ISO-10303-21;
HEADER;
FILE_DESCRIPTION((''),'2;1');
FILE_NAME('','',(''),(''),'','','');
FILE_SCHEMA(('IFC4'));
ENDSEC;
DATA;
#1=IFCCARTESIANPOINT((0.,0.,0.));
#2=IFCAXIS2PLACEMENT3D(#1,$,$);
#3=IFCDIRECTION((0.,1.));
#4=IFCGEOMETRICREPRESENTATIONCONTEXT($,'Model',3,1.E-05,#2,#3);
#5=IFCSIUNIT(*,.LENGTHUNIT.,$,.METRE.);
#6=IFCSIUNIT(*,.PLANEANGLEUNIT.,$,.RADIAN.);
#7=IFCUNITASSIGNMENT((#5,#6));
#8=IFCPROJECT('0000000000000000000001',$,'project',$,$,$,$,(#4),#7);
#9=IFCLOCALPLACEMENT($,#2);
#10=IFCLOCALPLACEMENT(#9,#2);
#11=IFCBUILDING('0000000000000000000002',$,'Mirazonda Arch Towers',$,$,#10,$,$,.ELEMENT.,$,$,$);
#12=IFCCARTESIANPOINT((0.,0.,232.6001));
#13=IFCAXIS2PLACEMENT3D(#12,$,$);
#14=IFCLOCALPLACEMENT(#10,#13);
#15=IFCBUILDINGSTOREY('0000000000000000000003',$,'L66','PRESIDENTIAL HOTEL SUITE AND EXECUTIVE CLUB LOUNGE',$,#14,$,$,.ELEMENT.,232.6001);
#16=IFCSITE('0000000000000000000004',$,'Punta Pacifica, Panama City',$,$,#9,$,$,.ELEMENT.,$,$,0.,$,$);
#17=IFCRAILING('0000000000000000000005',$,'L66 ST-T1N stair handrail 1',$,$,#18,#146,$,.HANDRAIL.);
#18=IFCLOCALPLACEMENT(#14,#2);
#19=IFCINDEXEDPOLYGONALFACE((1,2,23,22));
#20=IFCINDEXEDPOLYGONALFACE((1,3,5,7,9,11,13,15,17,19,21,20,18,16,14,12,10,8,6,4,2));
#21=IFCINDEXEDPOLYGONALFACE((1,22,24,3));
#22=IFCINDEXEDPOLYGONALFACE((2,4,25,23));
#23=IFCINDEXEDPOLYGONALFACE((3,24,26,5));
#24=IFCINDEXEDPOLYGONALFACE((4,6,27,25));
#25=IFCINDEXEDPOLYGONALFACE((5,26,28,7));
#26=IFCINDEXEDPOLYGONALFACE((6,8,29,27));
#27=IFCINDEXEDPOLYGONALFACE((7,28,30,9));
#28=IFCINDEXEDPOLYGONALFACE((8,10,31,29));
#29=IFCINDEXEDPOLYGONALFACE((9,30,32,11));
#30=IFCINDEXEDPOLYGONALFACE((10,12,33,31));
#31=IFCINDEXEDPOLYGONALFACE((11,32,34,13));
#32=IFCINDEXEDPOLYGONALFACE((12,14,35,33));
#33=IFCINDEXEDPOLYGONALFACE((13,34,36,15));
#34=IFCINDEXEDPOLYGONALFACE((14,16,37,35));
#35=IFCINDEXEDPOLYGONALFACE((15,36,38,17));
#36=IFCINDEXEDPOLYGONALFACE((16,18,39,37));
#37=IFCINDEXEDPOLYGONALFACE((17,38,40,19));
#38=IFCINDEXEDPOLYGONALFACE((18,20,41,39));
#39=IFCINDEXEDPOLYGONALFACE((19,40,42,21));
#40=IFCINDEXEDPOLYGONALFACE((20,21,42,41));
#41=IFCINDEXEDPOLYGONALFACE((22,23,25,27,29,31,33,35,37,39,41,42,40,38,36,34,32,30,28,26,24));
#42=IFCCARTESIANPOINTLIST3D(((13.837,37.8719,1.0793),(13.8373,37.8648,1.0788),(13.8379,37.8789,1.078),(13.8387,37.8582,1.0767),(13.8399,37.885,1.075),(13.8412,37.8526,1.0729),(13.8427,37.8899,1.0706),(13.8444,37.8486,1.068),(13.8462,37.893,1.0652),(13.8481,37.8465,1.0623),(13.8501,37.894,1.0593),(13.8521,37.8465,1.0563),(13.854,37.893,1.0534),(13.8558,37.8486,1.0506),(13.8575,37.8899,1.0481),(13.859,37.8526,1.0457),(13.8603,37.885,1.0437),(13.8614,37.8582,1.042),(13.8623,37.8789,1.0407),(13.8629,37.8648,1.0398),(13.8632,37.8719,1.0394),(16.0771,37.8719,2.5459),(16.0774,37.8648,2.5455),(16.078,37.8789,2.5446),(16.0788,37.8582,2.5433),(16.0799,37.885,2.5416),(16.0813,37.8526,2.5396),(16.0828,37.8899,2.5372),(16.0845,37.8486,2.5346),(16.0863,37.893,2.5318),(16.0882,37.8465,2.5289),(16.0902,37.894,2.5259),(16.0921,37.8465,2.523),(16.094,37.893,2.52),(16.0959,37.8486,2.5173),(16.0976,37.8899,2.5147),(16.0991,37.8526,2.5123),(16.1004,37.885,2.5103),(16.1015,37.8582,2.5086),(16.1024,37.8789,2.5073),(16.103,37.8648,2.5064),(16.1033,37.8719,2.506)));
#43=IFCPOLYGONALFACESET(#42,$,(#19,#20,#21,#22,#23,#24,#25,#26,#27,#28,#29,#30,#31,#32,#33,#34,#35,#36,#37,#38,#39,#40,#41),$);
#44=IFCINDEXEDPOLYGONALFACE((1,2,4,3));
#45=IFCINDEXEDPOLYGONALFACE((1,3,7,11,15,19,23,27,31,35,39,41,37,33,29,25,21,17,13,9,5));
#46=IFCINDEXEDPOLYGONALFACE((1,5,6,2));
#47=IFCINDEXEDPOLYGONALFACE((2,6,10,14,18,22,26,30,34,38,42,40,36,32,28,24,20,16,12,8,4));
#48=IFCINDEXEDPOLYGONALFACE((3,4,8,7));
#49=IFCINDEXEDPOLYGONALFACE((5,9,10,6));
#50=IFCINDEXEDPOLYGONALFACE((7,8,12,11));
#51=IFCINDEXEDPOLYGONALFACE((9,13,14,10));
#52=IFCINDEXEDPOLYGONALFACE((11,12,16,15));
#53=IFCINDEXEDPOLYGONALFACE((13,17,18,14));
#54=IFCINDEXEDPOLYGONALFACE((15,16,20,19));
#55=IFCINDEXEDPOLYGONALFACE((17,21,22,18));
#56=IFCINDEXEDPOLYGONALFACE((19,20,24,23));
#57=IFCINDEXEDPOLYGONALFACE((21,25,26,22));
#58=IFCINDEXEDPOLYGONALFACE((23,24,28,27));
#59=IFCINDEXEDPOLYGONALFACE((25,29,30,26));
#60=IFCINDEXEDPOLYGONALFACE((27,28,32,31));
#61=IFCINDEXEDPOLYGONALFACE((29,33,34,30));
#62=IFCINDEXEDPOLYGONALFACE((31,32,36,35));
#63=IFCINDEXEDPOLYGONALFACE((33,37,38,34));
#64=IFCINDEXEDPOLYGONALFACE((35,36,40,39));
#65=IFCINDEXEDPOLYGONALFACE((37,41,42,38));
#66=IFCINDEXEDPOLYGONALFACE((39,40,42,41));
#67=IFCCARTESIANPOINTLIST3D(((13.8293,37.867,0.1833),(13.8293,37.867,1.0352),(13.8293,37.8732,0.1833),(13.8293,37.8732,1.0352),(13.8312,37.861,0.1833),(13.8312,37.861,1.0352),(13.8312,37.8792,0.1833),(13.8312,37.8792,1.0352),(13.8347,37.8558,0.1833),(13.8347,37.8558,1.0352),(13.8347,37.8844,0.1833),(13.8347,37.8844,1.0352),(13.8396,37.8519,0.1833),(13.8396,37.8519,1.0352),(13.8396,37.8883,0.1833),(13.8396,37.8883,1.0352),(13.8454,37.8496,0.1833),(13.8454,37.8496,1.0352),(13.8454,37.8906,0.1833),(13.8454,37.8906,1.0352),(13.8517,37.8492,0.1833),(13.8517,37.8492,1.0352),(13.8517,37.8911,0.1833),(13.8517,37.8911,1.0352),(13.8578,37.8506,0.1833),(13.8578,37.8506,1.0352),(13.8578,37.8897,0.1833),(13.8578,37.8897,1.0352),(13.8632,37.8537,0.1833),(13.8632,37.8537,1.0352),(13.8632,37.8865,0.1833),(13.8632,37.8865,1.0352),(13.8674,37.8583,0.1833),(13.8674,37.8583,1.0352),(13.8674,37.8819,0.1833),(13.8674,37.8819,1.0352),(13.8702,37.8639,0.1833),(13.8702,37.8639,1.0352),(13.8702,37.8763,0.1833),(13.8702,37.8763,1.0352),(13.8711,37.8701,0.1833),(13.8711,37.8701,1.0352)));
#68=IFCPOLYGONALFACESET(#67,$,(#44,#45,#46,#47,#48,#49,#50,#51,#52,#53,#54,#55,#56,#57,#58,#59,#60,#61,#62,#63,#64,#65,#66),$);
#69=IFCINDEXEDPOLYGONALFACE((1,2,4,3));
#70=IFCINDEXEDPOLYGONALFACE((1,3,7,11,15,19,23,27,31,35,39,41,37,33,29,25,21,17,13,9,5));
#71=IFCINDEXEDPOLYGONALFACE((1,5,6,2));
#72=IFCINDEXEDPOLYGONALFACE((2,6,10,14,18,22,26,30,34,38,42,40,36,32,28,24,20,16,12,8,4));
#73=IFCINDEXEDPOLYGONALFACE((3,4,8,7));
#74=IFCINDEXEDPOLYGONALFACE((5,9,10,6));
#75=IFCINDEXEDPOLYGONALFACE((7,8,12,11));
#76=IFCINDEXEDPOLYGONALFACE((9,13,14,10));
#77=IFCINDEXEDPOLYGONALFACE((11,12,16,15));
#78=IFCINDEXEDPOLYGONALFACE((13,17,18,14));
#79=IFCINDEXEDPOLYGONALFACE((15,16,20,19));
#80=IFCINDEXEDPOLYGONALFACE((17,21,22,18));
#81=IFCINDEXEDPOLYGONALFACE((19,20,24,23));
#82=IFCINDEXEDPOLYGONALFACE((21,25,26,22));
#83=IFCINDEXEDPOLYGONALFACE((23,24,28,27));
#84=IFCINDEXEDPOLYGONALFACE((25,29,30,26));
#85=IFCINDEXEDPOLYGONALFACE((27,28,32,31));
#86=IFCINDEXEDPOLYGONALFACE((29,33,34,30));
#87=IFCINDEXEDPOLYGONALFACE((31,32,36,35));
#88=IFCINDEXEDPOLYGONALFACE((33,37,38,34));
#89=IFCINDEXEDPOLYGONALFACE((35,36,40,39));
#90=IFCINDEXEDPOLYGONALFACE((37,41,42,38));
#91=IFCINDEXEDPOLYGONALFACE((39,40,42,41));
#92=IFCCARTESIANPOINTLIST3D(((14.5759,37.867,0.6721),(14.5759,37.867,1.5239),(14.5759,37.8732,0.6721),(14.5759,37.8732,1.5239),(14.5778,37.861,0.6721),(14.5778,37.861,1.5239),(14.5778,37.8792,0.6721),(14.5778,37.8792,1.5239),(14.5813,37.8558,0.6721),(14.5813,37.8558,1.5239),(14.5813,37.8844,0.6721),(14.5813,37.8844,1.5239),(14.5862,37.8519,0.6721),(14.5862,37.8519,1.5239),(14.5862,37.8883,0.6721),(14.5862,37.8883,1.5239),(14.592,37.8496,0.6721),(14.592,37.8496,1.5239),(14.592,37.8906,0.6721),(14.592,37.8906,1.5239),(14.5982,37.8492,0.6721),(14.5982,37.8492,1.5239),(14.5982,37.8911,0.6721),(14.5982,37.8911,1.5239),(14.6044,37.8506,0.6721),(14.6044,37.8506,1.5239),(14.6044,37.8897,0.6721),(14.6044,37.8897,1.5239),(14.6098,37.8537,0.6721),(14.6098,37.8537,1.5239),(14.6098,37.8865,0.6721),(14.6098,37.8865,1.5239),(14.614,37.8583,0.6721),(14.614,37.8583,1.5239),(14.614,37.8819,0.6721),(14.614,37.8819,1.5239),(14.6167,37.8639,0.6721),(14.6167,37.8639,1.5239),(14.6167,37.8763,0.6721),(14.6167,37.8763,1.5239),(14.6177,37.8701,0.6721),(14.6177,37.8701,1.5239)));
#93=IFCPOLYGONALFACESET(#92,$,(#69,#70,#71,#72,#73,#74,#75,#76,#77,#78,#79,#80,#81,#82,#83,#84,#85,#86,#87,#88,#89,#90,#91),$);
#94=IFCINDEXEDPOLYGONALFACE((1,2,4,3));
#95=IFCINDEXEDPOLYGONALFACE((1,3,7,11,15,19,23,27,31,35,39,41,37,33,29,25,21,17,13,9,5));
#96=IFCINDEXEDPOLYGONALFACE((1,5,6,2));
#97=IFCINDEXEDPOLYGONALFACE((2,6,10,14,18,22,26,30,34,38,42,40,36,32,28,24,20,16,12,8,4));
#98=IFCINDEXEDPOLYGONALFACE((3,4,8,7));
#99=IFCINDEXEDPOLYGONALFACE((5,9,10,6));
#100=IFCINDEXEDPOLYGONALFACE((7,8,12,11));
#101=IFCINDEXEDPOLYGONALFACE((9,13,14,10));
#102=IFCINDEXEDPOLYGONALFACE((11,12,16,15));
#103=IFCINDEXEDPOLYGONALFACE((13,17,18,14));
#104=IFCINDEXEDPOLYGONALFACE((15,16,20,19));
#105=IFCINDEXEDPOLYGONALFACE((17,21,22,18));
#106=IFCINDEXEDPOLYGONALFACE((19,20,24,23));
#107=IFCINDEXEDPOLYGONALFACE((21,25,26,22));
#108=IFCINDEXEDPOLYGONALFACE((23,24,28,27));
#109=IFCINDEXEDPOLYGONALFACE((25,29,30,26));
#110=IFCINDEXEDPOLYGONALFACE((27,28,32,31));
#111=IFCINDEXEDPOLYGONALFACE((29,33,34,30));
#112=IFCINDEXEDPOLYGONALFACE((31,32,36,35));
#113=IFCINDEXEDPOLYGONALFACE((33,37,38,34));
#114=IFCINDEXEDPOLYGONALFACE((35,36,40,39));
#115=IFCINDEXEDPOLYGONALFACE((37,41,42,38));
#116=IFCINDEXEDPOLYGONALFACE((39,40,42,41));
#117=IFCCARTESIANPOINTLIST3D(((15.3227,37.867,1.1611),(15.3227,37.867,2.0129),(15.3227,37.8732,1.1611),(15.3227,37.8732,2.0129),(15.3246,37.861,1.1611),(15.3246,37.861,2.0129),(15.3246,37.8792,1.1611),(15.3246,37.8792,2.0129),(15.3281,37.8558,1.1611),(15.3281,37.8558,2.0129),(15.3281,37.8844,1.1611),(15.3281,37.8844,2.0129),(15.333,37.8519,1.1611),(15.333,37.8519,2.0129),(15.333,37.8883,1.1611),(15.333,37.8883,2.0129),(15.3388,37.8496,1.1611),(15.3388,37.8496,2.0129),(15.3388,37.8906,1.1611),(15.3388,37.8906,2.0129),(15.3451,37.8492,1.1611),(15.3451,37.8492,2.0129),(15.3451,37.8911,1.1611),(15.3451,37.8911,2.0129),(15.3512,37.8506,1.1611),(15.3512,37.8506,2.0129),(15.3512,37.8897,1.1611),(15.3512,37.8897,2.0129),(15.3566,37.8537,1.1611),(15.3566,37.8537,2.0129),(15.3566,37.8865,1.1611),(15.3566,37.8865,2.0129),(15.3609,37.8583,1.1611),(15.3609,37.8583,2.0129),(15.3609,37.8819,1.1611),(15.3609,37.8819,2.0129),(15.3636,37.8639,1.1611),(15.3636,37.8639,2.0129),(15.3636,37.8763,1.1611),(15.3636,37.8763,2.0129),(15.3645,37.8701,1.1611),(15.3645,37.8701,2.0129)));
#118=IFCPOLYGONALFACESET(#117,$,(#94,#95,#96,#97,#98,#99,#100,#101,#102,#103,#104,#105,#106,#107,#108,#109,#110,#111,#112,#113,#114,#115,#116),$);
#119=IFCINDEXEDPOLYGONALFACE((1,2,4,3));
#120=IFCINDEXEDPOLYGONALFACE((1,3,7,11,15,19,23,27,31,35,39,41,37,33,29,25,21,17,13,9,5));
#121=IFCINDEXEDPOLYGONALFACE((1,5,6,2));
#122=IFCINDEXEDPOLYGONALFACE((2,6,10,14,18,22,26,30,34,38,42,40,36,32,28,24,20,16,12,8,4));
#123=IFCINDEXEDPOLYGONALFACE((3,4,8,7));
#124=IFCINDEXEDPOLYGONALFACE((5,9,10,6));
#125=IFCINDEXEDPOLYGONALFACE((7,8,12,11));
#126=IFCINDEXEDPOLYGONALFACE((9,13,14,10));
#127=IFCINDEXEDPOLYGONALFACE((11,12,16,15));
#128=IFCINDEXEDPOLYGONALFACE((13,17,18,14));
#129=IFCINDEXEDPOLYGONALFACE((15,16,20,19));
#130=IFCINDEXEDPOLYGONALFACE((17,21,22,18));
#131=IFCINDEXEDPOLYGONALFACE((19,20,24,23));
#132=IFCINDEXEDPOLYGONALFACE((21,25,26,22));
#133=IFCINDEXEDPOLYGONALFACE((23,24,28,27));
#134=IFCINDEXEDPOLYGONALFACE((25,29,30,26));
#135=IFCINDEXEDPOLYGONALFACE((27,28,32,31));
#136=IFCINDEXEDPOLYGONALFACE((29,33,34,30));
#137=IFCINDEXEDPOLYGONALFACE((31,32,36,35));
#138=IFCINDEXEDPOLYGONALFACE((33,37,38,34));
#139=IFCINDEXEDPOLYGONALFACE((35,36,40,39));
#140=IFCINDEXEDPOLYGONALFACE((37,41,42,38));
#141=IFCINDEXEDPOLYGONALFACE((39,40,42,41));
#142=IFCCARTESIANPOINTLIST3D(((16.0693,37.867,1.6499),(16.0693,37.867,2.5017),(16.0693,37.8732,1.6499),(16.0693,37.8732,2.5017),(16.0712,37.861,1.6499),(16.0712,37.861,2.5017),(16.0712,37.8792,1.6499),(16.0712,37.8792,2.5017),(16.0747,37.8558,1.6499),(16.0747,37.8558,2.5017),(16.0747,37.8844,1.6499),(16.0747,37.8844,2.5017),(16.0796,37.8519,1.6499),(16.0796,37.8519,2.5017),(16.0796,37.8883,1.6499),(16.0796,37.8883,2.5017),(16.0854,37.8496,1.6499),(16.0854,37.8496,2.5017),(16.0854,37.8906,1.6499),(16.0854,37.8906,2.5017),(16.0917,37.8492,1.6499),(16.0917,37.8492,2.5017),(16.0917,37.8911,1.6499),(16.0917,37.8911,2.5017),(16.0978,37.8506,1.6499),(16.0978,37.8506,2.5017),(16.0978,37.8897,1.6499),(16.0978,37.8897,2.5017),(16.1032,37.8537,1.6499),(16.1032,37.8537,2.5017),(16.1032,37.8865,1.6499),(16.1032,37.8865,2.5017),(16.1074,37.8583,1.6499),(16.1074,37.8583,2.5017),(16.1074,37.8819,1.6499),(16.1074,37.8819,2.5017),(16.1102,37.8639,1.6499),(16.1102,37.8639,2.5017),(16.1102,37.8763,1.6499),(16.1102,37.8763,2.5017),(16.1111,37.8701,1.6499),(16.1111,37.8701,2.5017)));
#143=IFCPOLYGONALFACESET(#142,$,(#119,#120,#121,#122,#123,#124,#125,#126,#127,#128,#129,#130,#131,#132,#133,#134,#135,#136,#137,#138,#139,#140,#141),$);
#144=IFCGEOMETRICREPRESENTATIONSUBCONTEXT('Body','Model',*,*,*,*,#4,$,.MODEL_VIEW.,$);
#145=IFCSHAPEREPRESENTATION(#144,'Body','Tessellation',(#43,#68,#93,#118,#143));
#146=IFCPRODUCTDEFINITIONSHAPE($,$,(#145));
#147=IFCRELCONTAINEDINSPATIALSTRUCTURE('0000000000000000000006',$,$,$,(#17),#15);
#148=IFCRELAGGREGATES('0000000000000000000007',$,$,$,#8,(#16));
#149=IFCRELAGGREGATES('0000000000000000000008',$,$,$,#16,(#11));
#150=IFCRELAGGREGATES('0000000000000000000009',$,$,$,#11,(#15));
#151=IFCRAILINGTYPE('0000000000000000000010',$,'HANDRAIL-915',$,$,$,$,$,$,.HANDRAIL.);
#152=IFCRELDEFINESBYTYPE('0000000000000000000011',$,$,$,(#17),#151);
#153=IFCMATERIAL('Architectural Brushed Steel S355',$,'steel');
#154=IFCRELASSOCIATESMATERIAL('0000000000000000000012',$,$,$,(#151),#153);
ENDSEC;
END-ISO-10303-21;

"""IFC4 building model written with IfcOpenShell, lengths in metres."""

from ifc_helpers import new_model, si_unit, direction, frame, origin, origin_2d, place, context, subcontext, project, spatial, circle, extrude, material, type_object, element, save


model = new_model("IFC4")

# Units and contexts
model_context = context("Model", 3, precision=1e-05, world=origin(), true_north=direction((0.0, 1.0)))
body_context = subcontext(model_context, "Body", "Model", "MODEL_VIEW")
ifc_project = project(units=[si_unit("LENGTHUNIT", "METRE"), si_unit("PLANEANGLEUNIT", "RADIAN")], contexts=[model_context])

# Site, building, storey
site_placement = place(None, origin())
site = spatial("IfcSite", under=ifc_project, at=site_placement, Name="Punta Pacifica, Panama City", CompositionType="ELEMENT", RefElevation=0.0)
building_placement = place(site_placement, origin())
building = spatial("IfcBuilding", under=site, at=building_placement, Name="Mirazonda Arch Towers", CompositionType="ELEMENT")
storey_placement = place(building_placement, frame((0.0, 0.0, 232.6001)))
storey = spatial("IfcBuildingStorey", under=building, at=storey_placement, Name="L66", Description="PRESIDENTIAL HOTEL SUITE AND EXECUTIVE CLUB LOUNGE", CompositionType="ELEMENT", Elevation=232.6001)

# Shared definitions
ifc_material_1 = material(Name="Architectural Brushed Steel S355", Category="steel")

# Railing
railing_type_1 = type_object("IfcRailingType", Name="HANDRAIL-915", PredefinedType="HANDRAIL", material=ifc_material_1)
railing_1_placement = place(storey_placement, frame((13.8501, 37.8701, 0.1833)))
element("IfcRailing", 1, at=railing_1_placement, inside=storey, type_object=railing_type_1, Name="L66 ST-T1N stair handrail 1", PredefinedType="HANDRAIL", context=body_context, shape_type="SweptSolid", body=[
    extrude(circle(Radius=0.0239, at=origin_2d()), frame((0.0, 0.0, 0.876), z_axis=(0.836637, 0.0, 0.547758), x_axis=(0.0, 1.0, 0.0)), (0.0, 0.0, 1.0), 2.6775),
    extrude(circle(Radius=0.021, at=origin_2d()), origin(), (0.0, 0.0, 1.0), 0.8518),
    extrude(circle(Radius=0.021, at=origin_2d()), frame((0.7466, 0.0, 0.4888)), (0.0, 0.0, 1.0), 0.8518),
    extrude(circle(Radius=0.021, at=origin_2d()), frame((1.4934, 0.0, 0.9778)), (0.0, 0.0, 1.0), 0.8518),
    extrude(circle(Radius=0.021, at=origin_2d()), frame((2.24, 0.0, 1.4666)), (0.0, 0.0, 1.0), 0.8518),
])

save(model, "model.ifc")
